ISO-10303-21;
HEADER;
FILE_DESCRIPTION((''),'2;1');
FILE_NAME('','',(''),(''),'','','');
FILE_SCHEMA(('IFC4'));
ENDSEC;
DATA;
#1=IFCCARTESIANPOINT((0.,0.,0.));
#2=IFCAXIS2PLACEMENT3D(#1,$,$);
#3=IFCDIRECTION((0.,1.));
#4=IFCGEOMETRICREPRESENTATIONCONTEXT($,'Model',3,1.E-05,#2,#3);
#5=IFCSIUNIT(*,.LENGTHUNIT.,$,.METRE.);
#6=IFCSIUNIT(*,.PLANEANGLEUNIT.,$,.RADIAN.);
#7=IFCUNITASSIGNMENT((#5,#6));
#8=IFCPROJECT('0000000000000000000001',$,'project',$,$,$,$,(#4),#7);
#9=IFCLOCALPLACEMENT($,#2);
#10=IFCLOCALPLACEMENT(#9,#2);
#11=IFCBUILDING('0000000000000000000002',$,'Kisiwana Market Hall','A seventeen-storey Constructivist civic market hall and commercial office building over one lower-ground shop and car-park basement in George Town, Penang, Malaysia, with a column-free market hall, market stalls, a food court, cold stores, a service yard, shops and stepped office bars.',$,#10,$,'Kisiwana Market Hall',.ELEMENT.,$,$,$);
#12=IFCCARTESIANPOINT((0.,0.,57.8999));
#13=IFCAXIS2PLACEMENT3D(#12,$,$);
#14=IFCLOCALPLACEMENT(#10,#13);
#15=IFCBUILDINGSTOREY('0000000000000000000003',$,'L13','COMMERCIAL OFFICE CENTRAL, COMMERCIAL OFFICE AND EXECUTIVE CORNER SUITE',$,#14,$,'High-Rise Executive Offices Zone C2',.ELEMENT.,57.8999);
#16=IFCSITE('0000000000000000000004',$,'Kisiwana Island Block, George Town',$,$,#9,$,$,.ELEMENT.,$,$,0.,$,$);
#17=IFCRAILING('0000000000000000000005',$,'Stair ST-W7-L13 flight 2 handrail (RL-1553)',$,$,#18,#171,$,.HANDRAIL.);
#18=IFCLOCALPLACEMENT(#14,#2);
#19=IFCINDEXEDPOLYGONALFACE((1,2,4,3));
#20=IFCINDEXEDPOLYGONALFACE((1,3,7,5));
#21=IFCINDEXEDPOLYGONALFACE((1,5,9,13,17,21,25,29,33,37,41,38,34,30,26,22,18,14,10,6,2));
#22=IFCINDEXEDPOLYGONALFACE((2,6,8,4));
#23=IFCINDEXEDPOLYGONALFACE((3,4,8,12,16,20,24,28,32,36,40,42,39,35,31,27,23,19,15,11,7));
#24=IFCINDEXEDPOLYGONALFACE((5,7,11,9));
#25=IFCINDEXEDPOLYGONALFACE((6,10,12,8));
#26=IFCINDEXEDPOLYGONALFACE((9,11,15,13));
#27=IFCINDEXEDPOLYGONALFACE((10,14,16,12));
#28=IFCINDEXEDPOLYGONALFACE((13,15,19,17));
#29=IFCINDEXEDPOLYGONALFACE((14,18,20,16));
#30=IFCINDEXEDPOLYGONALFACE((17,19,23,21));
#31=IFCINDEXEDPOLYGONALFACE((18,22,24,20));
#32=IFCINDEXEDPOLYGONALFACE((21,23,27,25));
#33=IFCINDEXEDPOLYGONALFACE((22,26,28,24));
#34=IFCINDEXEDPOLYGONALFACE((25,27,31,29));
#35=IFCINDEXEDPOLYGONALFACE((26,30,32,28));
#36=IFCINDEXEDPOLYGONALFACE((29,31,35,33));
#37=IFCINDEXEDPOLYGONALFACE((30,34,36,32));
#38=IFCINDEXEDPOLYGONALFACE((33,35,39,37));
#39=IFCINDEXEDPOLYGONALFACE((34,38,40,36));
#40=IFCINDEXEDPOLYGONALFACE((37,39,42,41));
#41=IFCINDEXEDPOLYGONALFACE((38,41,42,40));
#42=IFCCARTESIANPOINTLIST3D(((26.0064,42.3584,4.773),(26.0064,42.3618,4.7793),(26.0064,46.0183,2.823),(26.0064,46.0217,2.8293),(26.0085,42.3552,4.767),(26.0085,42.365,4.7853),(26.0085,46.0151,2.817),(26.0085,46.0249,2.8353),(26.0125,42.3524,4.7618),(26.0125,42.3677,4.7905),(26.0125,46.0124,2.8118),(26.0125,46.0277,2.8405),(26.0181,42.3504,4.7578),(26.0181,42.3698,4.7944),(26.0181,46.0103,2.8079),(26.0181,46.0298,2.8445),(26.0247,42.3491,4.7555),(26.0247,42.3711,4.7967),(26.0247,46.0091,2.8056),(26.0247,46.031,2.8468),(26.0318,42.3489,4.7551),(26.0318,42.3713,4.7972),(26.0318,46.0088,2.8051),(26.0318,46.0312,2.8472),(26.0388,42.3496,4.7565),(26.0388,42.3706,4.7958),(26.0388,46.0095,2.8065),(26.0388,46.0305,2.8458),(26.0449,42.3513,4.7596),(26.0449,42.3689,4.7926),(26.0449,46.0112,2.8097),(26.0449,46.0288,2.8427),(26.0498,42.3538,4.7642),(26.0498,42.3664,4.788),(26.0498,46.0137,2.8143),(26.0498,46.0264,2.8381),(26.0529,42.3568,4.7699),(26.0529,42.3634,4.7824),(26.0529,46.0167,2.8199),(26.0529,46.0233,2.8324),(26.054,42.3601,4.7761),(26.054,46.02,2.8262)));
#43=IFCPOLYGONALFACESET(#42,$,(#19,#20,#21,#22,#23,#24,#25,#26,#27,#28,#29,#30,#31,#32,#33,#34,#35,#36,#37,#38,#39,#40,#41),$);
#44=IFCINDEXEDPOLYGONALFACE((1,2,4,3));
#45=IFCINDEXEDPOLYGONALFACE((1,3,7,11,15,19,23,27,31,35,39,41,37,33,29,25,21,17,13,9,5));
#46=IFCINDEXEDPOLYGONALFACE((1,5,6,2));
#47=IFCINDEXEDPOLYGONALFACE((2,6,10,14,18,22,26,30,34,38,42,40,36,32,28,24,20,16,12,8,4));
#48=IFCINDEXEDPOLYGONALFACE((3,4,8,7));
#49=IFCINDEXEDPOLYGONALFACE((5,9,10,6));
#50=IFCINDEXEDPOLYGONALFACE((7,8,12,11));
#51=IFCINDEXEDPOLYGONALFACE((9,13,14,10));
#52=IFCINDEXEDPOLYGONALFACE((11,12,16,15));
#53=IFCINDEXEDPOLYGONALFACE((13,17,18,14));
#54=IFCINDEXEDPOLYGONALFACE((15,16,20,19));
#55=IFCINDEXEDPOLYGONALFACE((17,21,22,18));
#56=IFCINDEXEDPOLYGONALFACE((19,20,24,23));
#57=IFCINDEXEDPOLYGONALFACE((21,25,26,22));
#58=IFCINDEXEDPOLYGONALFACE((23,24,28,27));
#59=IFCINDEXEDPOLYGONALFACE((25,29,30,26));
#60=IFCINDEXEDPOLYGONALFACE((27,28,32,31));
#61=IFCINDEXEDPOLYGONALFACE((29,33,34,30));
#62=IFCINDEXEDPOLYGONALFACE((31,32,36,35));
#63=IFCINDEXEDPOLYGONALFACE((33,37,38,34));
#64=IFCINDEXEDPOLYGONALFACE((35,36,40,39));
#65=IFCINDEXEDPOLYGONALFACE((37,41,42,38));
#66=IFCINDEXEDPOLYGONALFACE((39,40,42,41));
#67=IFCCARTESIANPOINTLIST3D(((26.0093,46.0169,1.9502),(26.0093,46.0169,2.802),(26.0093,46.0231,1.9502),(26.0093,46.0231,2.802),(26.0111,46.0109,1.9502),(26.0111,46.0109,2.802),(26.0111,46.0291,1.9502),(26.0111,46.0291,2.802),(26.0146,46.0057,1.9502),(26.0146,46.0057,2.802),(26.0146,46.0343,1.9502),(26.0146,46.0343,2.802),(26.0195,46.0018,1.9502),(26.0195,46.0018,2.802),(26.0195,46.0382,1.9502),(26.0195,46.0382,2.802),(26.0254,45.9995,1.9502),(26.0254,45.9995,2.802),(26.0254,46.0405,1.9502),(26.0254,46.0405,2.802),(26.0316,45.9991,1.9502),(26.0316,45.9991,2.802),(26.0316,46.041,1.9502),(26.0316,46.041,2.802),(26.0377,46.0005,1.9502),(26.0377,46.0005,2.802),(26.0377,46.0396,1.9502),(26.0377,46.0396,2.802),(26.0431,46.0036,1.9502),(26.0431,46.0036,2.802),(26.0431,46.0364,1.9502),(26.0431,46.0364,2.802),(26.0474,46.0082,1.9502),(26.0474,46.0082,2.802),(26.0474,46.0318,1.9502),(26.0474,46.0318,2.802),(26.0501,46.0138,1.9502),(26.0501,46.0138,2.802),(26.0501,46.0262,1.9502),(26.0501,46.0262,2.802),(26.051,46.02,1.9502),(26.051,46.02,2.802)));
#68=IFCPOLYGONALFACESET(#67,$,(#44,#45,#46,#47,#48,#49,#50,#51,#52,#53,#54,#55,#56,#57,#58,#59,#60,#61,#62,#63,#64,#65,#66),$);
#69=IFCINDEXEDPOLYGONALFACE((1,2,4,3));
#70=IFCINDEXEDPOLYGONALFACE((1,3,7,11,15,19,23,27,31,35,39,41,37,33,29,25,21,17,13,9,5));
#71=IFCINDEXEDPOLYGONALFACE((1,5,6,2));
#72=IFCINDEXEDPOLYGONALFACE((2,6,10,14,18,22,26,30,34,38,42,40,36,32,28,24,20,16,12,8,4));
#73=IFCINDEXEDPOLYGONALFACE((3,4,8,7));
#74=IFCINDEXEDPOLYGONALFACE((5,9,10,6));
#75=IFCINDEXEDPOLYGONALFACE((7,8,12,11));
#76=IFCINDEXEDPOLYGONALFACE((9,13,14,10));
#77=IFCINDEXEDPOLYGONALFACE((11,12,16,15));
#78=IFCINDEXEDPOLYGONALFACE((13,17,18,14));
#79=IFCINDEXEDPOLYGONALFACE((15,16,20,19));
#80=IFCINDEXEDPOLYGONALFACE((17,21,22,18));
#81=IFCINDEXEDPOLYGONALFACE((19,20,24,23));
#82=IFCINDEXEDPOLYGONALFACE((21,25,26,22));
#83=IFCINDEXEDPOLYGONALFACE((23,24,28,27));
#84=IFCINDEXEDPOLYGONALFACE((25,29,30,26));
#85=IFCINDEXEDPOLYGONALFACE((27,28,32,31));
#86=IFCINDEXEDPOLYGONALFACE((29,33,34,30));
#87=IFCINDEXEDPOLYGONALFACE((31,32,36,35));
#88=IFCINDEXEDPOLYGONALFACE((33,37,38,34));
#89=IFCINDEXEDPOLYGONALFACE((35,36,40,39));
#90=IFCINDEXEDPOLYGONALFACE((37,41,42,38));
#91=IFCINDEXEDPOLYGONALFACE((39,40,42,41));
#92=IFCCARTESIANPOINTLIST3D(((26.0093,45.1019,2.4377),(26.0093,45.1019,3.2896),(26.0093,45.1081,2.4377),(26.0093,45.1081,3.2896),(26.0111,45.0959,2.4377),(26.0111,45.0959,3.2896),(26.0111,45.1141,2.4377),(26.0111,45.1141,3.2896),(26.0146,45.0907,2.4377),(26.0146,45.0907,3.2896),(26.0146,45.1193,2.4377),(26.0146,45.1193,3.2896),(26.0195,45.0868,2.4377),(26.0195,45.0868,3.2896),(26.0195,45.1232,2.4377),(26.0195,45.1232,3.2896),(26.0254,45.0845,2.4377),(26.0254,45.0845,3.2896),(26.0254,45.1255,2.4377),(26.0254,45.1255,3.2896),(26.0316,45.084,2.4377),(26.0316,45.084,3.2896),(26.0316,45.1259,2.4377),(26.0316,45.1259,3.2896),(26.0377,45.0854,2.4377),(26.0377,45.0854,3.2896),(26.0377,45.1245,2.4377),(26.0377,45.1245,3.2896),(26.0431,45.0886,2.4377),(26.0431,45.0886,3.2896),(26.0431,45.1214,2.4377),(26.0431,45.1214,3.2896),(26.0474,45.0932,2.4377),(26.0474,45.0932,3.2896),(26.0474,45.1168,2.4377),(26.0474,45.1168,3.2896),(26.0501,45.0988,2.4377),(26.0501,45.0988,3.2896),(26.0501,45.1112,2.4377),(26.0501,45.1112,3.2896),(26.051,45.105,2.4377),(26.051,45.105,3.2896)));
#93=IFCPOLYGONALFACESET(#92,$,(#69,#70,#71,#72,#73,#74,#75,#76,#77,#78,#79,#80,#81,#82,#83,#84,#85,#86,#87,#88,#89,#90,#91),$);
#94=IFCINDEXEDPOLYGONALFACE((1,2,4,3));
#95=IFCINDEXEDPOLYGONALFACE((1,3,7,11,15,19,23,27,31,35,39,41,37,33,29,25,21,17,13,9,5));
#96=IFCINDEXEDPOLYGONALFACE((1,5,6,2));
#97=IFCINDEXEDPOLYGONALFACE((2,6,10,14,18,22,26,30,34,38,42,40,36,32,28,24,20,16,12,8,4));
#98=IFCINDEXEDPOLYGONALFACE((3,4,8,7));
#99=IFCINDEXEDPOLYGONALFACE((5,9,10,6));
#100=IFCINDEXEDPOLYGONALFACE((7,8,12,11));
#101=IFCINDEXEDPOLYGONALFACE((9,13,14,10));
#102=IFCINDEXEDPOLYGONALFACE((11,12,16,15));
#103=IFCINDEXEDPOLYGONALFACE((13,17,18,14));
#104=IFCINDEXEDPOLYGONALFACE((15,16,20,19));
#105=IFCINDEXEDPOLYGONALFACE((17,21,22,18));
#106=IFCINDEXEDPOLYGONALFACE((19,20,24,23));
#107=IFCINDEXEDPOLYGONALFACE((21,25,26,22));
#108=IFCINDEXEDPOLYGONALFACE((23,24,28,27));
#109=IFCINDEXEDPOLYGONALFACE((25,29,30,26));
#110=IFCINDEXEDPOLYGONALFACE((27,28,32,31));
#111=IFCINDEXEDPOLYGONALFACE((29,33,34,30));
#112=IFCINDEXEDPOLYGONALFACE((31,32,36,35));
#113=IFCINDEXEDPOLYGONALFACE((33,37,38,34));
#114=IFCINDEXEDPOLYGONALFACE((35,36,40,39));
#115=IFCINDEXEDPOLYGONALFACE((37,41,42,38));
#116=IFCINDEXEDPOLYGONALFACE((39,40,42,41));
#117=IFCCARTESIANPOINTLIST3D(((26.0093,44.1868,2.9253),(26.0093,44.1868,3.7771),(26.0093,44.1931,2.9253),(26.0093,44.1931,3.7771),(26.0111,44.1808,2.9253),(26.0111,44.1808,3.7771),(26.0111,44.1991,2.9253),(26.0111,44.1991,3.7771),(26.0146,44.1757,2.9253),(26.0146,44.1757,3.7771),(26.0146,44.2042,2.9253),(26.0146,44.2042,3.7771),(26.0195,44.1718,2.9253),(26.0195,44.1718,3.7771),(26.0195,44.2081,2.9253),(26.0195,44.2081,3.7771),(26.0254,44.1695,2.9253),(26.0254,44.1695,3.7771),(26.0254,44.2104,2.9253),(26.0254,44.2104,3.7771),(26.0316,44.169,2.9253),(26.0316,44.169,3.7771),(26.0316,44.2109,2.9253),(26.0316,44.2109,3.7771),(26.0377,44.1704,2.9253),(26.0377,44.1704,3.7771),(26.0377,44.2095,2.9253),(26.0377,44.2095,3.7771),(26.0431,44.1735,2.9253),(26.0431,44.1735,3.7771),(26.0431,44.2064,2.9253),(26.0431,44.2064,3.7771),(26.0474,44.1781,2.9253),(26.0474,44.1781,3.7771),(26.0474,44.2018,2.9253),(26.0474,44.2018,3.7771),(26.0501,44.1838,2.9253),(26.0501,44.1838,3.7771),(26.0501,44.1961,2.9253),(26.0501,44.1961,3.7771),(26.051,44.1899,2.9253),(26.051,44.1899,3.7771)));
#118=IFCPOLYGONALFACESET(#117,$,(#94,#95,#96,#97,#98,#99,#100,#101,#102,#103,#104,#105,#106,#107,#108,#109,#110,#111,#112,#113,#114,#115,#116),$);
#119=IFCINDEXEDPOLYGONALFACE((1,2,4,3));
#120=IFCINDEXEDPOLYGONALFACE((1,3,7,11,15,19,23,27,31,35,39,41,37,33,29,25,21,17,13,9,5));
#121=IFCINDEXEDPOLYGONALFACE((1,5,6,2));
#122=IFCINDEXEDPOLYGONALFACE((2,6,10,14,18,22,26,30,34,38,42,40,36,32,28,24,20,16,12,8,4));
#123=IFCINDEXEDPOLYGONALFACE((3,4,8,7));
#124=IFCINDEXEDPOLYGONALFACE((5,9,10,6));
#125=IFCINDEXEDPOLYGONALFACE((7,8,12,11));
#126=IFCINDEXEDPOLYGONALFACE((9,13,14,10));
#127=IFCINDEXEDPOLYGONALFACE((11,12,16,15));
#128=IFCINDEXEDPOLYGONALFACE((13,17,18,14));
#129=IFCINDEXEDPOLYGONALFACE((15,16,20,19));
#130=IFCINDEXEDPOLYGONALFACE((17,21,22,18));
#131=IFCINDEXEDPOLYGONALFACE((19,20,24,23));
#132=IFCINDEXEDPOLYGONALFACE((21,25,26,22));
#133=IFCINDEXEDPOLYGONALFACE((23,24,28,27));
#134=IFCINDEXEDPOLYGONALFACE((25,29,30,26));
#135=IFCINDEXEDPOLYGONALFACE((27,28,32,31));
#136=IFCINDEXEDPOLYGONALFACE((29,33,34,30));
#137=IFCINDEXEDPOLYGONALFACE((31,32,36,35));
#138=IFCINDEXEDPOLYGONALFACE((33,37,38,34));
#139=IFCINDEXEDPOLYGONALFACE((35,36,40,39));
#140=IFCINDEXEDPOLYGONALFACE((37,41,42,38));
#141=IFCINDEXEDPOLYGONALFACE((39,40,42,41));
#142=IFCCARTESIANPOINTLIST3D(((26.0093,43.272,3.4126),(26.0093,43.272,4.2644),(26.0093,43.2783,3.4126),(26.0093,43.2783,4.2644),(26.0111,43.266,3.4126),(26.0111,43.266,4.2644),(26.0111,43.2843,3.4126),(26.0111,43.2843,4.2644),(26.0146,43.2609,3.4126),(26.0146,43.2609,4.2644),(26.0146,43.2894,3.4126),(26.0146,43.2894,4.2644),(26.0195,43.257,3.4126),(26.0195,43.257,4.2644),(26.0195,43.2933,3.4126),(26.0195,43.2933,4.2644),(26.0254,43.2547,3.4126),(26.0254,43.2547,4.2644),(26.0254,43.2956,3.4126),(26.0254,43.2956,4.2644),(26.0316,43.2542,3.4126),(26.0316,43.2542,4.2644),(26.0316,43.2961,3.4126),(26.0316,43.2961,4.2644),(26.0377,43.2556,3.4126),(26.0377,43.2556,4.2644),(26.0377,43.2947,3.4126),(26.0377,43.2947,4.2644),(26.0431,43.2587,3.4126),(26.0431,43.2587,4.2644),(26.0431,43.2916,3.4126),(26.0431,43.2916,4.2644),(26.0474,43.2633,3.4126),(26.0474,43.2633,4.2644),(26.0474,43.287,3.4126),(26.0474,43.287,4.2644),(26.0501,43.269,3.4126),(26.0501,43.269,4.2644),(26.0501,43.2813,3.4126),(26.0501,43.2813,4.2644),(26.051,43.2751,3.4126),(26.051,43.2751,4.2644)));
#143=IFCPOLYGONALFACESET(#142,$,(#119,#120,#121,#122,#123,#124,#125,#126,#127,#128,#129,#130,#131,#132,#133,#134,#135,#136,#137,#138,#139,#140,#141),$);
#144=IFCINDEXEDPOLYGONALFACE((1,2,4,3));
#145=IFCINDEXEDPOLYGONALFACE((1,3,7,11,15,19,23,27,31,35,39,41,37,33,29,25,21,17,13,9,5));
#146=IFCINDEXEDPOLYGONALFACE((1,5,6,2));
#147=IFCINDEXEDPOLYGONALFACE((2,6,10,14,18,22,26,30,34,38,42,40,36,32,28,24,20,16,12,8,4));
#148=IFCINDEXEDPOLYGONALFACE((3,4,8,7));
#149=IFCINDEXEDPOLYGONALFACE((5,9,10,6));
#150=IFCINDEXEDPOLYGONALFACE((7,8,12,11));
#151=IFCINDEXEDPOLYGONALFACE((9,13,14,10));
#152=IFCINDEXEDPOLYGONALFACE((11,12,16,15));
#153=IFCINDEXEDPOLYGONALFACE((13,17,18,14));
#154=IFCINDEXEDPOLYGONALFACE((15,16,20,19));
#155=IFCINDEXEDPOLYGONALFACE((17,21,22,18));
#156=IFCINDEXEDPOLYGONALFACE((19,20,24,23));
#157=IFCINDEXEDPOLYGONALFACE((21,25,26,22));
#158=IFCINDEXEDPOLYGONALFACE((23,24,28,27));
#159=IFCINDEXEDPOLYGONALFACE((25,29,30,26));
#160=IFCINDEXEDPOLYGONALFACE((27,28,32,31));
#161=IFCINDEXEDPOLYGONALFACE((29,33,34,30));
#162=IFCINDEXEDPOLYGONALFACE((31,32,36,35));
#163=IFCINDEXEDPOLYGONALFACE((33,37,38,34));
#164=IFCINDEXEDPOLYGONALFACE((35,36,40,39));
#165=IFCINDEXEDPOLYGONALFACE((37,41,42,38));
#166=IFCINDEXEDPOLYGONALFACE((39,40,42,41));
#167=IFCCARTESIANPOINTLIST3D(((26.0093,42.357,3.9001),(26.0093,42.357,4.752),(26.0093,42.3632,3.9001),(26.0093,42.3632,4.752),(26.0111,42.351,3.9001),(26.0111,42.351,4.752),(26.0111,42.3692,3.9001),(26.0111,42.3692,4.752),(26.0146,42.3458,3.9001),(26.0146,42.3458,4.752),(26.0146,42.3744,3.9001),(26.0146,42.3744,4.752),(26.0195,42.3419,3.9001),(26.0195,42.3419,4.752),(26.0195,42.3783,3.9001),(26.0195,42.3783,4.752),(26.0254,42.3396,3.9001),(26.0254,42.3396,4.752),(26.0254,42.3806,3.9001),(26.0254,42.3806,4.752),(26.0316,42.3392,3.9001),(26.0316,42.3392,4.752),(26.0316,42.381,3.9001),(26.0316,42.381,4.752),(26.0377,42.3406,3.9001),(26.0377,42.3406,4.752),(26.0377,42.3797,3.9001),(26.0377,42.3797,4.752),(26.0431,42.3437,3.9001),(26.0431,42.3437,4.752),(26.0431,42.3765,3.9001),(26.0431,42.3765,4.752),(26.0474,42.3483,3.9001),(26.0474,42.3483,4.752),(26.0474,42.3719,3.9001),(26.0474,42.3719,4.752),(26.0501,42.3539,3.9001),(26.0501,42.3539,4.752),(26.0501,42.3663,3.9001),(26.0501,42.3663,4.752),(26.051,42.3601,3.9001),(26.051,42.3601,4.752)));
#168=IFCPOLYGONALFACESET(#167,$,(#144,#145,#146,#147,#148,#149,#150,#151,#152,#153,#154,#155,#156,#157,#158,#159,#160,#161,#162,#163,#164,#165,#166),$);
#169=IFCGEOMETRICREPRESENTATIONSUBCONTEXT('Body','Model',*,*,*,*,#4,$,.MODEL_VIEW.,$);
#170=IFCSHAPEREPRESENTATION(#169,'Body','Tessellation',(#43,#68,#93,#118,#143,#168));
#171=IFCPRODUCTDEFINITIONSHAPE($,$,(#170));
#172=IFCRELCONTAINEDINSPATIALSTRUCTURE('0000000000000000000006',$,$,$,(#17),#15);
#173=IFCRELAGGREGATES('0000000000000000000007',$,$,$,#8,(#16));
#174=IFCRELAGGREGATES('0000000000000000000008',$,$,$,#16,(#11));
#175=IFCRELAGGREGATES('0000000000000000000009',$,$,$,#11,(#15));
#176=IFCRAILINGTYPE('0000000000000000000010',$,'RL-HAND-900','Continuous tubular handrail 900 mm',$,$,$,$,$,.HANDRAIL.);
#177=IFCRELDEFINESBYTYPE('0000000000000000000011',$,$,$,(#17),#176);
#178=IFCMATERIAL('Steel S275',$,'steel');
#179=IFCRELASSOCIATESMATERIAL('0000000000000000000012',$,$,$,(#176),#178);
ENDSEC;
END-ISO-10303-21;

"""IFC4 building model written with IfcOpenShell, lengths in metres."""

from ifc_helpers import new_model, si_unit, direction, frame, origin, origin_2d, place, context, subcontext, project, spatial, circle, extrude, material, type_object, element, save


model = new_model("IFC4")

# Units and contexts
model_context = context("Model", 3, precision=1e-05, world=origin(), true_north=direction((0.0, 1.0)))
body_context = subcontext(model_context, "Body", "Model", "MODEL_VIEW")
ifc_project = project(units=[si_unit("LENGTHUNIT", "METRE"), si_unit("PLANEANGLEUNIT", "RADIAN")], contexts=[model_context])

# Site, building, storey
site_placement = place(None, origin())
site = spatial("IfcSite", under=ifc_project, at=site_placement, Name="Kisiwana Island Block, George Town", CompositionType="ELEMENT", RefElevation=0.0)
building_placement = place(site_placement, origin())
building = spatial("IfcBuilding", under=site, at=building_placement, Name="Kisiwana Market Hall", Description="A seventeen-storey Constructivist civic market hall and commercial office building over one lower-ground shop and car-park basement in George Town, Penang, Malaysia, with a column-free market hall, market stalls, a food court, cold stores, a service yard, shops and stepped office bars.", LongName="Kisiwana Market Hall", CompositionType="ELEMENT")
storey_placement = place(building_placement, frame((0.0, 0.0, 57.8999)))
storey = spatial("IfcBuildingStorey", under=building, at=storey_placement, Name="L13", Description="COMMERCIAL OFFICE CENTRAL, COMMERCIAL OFFICE AND EXECUTIVE CORNER SUITE", LongName="High-Rise Executive Offices Zone C2", CompositionType="ELEMENT", Elevation=57.8999)

# Railing
ifc_material_1 = material(Name="Steel S275", Category="steel")
railing_type_1 = type_object("IfcRailingType", Name="RL-HAND-900", Description="Continuous tubular handrail 900 mm", PredefinedType="HANDRAIL", material=ifc_material_1)
railing_1_placement = place(storey_placement, frame((26.03, 46.02, 1.9502)))
element("IfcRailing", 1, at=railing_1_placement, inside=storey, type_object=railing_type_1, Name="Stair ST-W7-L13 flight 2 handrail (RL-1553)", PredefinedType="HANDRAIL", context=body_context, shape_type="SweptSolid", body=[
    extrude(circle(Radius=0.0239, at=origin_2d()), frame((0.0, 0.0, 0.876), z_axis=(0.0, -0.882553, 0.470212), x_axis=(1.0, 0.0, 0.0)), (0.0, 0.0, 1.0), 4.147),
    extrude(circle(Radius=0.021, at=origin_2d()), origin(), (0.0, 0.0, 1.0), 0.8518),
    extrude(circle(Radius=0.021, at=origin_2d()), frame((0.0, -0.915, 0.4875)), (0.0, 0.0, 1.0), 0.8518),
    extrude(circle(Radius=0.021, at=origin_2d()), frame((0.0, -1.8301, 0.9751)), (0.0, 0.0, 1.0), 0.8518),
    extrude(circle(Radius=0.021, at=origin_2d()), frame((0.0, -2.7449, 1.4624)), (0.0, 0.0, 1.0), 0.8518),
    extrude(circle(Radius=0.021, at=origin_2d()), frame((0.0, -3.6599, 1.95)), (0.0, 0.0, 1.0), 0.8518),
])

save(model, "model.ifc")
